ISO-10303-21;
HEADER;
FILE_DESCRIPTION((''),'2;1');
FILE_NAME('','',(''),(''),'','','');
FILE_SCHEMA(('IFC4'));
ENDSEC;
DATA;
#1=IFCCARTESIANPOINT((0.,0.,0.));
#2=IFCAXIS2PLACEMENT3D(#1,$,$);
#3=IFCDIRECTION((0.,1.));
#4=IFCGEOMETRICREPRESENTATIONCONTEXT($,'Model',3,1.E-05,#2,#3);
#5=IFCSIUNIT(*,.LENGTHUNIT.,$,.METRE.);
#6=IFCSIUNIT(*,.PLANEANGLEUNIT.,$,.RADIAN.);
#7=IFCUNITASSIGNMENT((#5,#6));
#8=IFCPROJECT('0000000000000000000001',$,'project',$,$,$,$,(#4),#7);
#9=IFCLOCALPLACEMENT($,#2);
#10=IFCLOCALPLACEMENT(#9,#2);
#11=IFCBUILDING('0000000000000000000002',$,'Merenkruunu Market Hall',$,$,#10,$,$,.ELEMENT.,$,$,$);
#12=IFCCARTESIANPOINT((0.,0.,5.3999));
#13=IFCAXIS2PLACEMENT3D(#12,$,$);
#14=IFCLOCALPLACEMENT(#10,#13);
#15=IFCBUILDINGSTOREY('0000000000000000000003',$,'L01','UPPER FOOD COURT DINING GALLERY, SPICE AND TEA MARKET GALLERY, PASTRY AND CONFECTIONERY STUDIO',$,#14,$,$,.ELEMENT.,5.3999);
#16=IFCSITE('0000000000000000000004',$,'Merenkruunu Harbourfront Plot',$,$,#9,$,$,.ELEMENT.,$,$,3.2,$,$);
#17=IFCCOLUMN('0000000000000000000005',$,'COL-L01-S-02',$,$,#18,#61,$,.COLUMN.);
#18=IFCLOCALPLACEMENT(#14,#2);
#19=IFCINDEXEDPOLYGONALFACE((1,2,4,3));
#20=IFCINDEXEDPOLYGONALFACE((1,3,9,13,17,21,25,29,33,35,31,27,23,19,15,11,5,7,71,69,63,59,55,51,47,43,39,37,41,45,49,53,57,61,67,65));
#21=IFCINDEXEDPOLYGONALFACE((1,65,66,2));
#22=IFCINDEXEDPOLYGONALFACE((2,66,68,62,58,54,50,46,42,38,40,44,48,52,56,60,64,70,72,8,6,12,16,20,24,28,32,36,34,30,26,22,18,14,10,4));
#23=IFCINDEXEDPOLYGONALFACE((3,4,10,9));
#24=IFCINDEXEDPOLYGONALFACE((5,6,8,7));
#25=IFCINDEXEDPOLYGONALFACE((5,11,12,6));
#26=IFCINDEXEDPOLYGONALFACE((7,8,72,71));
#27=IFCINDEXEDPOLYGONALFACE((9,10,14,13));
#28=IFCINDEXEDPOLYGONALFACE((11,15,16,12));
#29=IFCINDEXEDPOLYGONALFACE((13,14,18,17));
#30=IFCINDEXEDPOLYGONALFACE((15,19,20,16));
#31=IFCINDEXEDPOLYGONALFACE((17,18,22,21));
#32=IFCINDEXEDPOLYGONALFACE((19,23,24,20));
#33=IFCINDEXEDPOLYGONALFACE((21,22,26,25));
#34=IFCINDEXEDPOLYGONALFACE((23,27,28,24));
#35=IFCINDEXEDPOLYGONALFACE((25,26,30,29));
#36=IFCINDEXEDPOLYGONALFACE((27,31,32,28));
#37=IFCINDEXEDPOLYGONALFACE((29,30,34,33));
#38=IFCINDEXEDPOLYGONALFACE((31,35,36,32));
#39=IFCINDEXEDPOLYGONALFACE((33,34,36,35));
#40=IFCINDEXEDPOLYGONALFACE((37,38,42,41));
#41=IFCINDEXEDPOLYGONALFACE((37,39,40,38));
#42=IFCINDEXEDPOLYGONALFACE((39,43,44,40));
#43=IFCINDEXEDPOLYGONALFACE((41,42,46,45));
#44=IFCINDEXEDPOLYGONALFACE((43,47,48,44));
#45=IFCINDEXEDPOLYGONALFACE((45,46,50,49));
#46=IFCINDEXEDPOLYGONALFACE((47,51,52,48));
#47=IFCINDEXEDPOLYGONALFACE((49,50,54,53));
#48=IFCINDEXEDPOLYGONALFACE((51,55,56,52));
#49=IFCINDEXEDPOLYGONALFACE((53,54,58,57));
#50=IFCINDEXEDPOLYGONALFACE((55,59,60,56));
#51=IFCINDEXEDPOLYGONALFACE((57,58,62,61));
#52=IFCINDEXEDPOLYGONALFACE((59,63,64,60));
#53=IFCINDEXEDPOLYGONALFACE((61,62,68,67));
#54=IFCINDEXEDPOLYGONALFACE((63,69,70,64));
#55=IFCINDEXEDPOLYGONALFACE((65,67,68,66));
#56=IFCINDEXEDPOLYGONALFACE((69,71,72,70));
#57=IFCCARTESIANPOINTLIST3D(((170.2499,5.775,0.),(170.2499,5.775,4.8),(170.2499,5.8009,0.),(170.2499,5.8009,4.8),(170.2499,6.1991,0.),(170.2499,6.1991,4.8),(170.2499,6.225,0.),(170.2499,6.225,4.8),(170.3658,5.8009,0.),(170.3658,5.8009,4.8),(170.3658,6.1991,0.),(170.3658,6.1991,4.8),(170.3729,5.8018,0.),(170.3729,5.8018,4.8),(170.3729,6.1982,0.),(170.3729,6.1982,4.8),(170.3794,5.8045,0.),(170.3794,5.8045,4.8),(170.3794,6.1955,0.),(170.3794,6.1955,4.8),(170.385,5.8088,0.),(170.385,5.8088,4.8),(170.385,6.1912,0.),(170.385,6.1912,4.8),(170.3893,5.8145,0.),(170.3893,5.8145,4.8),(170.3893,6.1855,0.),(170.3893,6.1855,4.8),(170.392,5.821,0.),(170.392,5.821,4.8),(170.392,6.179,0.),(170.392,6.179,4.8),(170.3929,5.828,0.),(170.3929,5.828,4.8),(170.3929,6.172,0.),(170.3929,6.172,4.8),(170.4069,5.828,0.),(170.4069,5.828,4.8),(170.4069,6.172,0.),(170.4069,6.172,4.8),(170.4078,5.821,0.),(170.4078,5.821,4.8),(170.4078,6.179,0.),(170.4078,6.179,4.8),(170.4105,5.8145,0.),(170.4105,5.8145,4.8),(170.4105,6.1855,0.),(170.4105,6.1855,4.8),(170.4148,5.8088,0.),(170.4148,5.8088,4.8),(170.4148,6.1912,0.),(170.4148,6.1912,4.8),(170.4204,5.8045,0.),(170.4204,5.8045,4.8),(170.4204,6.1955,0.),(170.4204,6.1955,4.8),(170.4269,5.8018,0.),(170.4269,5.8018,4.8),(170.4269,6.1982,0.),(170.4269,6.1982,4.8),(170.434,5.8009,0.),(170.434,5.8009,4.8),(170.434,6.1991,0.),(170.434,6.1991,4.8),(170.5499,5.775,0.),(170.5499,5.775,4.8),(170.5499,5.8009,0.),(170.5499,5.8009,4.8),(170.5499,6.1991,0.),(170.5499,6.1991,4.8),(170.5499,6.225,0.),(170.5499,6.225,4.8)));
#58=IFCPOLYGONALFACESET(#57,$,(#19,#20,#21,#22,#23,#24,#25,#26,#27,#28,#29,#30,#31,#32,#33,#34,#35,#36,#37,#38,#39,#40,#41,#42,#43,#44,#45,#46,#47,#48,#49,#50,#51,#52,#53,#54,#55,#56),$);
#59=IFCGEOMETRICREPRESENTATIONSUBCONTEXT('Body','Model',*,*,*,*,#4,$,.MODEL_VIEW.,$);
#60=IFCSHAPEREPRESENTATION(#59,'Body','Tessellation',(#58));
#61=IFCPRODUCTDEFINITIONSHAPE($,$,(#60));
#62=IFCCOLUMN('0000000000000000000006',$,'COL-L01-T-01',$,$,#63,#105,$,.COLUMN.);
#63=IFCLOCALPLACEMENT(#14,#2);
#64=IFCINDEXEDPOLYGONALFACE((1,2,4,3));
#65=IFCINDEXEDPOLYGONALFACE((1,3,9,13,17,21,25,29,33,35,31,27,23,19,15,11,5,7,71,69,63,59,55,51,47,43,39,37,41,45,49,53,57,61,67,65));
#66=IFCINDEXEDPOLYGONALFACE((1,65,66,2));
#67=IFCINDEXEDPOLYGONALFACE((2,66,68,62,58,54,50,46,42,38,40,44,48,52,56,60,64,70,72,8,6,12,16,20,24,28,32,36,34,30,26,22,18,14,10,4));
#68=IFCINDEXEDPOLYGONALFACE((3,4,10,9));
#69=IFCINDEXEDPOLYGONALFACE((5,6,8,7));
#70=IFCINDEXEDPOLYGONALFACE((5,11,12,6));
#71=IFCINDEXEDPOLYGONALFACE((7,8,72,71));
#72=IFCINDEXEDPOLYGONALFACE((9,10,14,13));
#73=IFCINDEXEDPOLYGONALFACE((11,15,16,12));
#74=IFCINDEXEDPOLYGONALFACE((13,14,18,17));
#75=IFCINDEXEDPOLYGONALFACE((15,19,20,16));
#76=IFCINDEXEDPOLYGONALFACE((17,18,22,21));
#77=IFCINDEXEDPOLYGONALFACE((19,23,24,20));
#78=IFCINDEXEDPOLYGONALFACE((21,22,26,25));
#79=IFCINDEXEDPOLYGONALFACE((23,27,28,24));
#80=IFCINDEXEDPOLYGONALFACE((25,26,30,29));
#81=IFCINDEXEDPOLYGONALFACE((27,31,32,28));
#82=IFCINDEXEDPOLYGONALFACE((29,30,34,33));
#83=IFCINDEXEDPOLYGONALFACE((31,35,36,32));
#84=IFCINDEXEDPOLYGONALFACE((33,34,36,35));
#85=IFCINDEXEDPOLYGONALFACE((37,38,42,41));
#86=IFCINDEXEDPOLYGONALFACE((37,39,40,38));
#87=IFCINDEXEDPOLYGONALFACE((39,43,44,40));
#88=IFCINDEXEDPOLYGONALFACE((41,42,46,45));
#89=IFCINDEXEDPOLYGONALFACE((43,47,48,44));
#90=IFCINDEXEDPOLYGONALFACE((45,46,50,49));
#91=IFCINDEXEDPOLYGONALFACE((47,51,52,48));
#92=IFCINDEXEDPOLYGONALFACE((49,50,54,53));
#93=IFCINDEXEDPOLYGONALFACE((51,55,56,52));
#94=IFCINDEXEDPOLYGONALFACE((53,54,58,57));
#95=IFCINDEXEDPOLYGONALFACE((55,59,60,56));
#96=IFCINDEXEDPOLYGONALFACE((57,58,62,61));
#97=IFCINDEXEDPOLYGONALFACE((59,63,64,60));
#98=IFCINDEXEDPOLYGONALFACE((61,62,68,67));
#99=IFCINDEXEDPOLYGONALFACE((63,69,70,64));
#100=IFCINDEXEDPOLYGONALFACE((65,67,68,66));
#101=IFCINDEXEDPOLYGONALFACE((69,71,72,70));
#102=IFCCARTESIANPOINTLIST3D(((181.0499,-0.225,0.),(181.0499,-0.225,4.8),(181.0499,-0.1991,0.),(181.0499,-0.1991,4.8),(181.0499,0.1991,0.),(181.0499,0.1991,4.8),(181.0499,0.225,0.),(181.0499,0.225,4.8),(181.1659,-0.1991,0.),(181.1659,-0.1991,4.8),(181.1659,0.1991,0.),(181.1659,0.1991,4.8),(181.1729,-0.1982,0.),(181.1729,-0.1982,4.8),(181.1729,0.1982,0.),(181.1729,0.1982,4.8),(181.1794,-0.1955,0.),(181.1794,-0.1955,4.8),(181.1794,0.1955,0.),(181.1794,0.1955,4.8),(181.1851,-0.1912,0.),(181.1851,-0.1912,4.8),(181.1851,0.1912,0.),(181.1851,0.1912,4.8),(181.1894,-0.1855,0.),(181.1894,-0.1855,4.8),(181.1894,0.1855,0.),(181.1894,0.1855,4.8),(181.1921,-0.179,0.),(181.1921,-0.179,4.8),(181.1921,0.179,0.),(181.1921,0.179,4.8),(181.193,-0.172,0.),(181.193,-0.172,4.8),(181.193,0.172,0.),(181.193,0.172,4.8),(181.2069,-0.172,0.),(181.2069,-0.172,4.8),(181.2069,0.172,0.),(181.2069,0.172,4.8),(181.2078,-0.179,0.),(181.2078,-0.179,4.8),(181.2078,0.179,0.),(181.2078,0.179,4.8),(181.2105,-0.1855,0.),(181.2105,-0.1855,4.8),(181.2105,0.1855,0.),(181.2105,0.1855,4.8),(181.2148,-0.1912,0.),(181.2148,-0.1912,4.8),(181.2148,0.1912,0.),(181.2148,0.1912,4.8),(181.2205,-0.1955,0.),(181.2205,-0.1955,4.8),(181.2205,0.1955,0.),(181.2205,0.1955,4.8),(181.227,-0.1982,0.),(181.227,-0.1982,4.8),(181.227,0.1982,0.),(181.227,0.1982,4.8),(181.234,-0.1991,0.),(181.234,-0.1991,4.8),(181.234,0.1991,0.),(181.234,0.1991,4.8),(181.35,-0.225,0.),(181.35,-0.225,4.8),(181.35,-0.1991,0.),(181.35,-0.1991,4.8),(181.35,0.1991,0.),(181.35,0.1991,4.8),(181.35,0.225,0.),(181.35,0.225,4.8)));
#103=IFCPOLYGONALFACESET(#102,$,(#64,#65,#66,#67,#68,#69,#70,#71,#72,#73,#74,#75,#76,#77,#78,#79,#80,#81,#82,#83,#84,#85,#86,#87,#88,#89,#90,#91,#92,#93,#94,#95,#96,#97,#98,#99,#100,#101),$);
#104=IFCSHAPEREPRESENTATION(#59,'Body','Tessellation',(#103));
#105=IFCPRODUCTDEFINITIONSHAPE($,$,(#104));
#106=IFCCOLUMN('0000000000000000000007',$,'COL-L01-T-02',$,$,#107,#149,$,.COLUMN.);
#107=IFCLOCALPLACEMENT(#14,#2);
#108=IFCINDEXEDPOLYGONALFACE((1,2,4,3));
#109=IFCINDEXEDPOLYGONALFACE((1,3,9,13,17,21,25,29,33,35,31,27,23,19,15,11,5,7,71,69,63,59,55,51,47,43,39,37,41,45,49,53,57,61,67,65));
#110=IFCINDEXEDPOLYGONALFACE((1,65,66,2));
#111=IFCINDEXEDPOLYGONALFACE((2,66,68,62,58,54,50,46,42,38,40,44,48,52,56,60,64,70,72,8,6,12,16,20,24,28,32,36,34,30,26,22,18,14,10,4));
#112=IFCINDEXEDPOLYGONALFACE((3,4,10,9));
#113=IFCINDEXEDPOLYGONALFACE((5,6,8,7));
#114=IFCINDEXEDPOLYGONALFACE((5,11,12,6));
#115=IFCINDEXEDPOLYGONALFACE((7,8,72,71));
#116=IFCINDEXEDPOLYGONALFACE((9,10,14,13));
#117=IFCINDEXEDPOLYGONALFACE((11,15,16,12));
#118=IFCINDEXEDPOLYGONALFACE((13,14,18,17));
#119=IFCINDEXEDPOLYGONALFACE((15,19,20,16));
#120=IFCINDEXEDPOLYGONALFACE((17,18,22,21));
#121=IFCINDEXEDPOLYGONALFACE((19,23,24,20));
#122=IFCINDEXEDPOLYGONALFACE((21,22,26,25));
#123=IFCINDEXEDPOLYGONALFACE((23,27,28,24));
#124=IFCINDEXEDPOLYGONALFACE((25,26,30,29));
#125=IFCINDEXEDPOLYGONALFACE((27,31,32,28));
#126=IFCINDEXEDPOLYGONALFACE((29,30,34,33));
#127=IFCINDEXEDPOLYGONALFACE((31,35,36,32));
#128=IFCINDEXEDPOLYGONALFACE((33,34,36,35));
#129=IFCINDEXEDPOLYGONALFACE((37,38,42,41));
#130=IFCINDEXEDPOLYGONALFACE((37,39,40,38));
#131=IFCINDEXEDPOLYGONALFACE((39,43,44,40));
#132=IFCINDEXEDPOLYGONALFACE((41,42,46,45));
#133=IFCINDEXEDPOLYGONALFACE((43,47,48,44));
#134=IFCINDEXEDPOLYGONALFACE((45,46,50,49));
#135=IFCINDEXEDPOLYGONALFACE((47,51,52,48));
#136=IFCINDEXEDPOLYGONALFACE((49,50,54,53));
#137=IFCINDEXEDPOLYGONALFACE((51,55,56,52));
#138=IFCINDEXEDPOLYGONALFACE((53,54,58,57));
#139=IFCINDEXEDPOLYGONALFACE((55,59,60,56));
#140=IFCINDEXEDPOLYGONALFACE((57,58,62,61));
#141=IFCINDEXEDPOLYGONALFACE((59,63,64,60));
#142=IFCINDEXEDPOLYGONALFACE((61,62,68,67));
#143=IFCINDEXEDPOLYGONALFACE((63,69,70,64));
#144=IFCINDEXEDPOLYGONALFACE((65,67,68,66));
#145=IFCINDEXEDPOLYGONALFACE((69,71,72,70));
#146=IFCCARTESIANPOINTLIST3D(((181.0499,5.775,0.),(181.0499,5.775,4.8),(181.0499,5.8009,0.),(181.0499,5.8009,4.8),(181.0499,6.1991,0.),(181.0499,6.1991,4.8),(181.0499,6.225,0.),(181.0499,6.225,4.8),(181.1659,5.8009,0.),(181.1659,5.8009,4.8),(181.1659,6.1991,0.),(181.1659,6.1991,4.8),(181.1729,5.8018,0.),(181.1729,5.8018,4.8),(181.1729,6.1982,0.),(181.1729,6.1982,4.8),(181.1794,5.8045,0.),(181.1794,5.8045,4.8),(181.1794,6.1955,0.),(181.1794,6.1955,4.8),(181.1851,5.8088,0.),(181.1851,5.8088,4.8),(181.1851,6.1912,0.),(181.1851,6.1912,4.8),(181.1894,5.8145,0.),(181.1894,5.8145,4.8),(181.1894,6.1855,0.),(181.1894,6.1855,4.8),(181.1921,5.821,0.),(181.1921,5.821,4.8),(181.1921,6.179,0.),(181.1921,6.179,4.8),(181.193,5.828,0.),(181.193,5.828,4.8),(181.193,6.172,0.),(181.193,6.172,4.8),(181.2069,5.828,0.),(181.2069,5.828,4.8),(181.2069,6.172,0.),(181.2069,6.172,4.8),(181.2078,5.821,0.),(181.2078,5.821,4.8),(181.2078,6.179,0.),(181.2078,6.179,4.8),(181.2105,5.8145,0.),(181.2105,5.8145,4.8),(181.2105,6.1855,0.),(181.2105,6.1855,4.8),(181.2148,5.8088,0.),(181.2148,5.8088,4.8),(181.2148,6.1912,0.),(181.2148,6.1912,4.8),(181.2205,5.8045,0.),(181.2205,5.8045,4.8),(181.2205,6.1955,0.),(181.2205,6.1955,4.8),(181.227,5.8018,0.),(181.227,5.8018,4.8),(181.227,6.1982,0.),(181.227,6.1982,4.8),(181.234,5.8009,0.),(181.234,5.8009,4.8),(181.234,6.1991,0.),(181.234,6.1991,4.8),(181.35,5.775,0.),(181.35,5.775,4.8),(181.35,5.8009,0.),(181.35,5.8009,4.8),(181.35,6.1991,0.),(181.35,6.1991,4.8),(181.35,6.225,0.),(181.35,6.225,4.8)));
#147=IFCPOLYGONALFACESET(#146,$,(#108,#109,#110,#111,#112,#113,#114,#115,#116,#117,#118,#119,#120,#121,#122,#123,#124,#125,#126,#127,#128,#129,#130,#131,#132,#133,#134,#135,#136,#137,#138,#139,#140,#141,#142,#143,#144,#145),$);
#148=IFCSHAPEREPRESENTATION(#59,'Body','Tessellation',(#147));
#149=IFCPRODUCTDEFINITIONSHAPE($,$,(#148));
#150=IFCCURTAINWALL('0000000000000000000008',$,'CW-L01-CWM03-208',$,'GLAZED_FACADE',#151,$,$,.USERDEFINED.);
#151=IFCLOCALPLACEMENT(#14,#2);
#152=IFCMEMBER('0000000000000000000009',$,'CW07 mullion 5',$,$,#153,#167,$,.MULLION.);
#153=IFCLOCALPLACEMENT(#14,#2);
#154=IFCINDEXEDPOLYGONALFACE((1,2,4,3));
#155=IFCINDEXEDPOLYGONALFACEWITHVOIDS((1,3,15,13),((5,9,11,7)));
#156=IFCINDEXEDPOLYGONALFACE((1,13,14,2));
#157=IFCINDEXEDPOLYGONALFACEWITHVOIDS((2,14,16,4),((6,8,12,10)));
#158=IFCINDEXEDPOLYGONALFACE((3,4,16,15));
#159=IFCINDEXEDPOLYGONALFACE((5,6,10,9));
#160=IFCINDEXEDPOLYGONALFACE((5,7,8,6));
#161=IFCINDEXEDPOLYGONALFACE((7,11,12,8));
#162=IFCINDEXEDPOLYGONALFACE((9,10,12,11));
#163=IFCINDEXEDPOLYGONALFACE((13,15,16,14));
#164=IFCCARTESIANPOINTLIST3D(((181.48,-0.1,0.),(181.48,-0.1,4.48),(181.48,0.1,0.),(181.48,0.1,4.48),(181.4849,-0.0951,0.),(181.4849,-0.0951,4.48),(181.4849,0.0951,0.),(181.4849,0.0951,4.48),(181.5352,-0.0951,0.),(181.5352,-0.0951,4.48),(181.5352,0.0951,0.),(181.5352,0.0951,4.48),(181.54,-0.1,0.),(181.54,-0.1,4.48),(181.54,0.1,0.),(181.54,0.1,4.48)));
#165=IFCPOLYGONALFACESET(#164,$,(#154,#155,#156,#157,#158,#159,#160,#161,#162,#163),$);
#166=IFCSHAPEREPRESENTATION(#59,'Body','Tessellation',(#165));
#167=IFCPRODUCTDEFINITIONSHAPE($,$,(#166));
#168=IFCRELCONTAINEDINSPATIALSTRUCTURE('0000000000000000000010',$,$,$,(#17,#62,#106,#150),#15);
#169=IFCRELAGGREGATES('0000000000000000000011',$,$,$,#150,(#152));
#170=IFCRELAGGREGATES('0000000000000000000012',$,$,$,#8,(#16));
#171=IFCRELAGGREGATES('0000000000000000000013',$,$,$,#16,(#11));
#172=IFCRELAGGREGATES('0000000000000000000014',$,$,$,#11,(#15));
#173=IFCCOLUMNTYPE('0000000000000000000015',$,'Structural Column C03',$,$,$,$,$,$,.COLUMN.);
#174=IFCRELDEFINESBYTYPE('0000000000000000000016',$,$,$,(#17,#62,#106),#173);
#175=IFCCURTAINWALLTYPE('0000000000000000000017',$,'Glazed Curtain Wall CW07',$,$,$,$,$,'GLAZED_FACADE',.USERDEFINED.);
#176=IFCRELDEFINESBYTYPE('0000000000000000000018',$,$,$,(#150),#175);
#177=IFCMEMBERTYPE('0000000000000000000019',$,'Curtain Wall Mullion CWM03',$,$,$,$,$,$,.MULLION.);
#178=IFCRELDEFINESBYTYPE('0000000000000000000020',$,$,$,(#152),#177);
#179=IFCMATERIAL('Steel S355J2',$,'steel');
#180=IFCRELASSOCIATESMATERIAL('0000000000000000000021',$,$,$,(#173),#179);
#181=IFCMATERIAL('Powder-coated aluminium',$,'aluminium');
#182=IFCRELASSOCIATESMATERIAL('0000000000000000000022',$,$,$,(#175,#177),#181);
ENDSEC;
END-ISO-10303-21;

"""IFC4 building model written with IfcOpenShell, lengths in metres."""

from ifc_helpers import new_model, si_unit, direction, frame, origin, origin_2d, place, context, subcontext, project, spatial, hollow_rectangle, i_section, extrude, material, material_profile, profile_set, type_object, element, aggregate, save


model = new_model("IFC4")

# Units and contexts
model_context = context("Model", 3, precision=1e-05, world=origin(), true_north=direction((0.0, 1.0)))
body_context = subcontext(model_context, "Body", "Model", "MODEL_VIEW")
ifc_project = project(units=[si_unit("LENGTHUNIT", "METRE"), si_unit("PLANEANGLEUNIT", "RADIAN")], contexts=[model_context])

# Site, building, storey
site_placement = place(None, origin())
site = spatial("IfcSite", under=ifc_project, at=site_placement, Name="Merenkruunu Harbourfront Plot", CompositionType="ELEMENT", RefElevation=3.2)
building_placement = place(site_placement, origin())
building = spatial("IfcBuilding", under=site, at=building_placement, Name="Merenkruunu Market Hall", CompositionType="ELEMENT")
storey_placement = place(building_placement, frame((0.0, 0.0, 5.3999)))
storey = spatial("IfcBuildingStorey", under=building, at=storey_placement, Name="L01", Description="UPPER FOOD COURT DINING GALLERY, SPICE AND TEA MARKET GALLERY, PASTRY AND CONFECTIONERY STUDIO", CompositionType="ELEMENT", Elevation=5.3999)

# Columns
ifc_material_1 = material(Name="Steel S355J2", Category="steel")
ifc_material_profile_1 = material_profile(ifc_material_1, i_section(OverallWidth=0.3, OverallDepth=0.45, WebThickness=0.0139, FlangeThickness=0.0259, FilletRadius=0.0271, at=origin_2d()), Name="HEB 450")
ifc_profile_set_1 = profile_set([ifc_material_profile_1], Name="Steel S355J2")
column_type = type_object("IfcColumnType", Name="Structural Column C03", PredefinedType="COLUMN", material=ifc_profile_set_1)
for number, where, z_axis, x_axis, name in (
    (1, (170.3999, 6.0, 0.0), (0.0, 0.0, 1.0), (1.0, 0.0, 0.0), "COL-L01-S-02"),
    (2, (181.2, 0.0, 0.0), (0.0, 0.0, 1.0), (1.0, 0.0, 0.0), "COL-L01-T-01"),
    (3, (181.2, 6.0, 0.0), (0.0, 0.0, 1.0), (1.0, 0.0, 0.0), "COL-L01-T-02"),
):
    element("IfcColumn", number, at=place(storey_placement, frame(where, z_axis=z_axis, x_axis=x_axis)), inside=storey, type_object=column_type, Name=name, PredefinedType="COLUMN", context=body_context, shape_type="SweptSolid", body=[
        extrude(i_section(OverallWidth=0.3, OverallDepth=0.45, WebThickness=0.0139, FlangeThickness=0.0259, FilletRadius=0.0271, at=origin_2d()), origin(), (0.0, 0.0, 1.0), 4.8),
    ])

# Curtain wall, member
ifc_material_2 = material(Name="Powder-coated aluminium", Category="aluminium")
curtain_wall_type = type_object("IfcCurtainWallType", Name="Glazed Curtain Wall CW07", ElementType="GLAZED_FACADE", PredefinedType="USERDEFINED", material=ifc_material_2)
curtain_wall_placement = place(storey_placement, origin())
curtain_wall = element("IfcCurtainWall", 4, at=curtain_wall_placement, inside=storey, type_object=curtain_wall_type, Name="CW-L01-CWM03-208", ObjectType="GLAZED_FACADE", PredefinedType="USERDEFINED")
ifc_material_profile_2 = material_profile(ifc_material_2, hollow_rectangle(XDim=0.0601, YDim=0.2, WallThickness=0.0049, at=origin_2d()), Name="ALU 60x200x5")
ifc_profile_set_2 = profile_set([ifc_material_profile_2], Name="Powder-coated aluminium")
member_type = type_object("IfcMemberType", Name="Curtain Wall Mullion CWM03", PredefinedType="MULLION", material=ifc_profile_set_2)
member_placement = place(storey_placement, frame((181.51, 0.0, 0.0), z_axis=(0.0, 0.0, 1.0), x_axis=(-1.0, 0.0, 0.0)))
member = element("IfcMember", 5, at=member_placement, type_object=member_type, Name="CW07 mullion 5", PredefinedType="MULLION", context=body_context, shape_type="SweptSolid", body=[
    extrude(hollow_rectangle(XDim=0.0601, YDim=0.2, WallThickness=0.0049, at=origin_2d()), origin(), (0.0, 0.0, 1.0), 4.48),
])

aggregate(curtain_wall, [member])

save(model, "model.ifc")
